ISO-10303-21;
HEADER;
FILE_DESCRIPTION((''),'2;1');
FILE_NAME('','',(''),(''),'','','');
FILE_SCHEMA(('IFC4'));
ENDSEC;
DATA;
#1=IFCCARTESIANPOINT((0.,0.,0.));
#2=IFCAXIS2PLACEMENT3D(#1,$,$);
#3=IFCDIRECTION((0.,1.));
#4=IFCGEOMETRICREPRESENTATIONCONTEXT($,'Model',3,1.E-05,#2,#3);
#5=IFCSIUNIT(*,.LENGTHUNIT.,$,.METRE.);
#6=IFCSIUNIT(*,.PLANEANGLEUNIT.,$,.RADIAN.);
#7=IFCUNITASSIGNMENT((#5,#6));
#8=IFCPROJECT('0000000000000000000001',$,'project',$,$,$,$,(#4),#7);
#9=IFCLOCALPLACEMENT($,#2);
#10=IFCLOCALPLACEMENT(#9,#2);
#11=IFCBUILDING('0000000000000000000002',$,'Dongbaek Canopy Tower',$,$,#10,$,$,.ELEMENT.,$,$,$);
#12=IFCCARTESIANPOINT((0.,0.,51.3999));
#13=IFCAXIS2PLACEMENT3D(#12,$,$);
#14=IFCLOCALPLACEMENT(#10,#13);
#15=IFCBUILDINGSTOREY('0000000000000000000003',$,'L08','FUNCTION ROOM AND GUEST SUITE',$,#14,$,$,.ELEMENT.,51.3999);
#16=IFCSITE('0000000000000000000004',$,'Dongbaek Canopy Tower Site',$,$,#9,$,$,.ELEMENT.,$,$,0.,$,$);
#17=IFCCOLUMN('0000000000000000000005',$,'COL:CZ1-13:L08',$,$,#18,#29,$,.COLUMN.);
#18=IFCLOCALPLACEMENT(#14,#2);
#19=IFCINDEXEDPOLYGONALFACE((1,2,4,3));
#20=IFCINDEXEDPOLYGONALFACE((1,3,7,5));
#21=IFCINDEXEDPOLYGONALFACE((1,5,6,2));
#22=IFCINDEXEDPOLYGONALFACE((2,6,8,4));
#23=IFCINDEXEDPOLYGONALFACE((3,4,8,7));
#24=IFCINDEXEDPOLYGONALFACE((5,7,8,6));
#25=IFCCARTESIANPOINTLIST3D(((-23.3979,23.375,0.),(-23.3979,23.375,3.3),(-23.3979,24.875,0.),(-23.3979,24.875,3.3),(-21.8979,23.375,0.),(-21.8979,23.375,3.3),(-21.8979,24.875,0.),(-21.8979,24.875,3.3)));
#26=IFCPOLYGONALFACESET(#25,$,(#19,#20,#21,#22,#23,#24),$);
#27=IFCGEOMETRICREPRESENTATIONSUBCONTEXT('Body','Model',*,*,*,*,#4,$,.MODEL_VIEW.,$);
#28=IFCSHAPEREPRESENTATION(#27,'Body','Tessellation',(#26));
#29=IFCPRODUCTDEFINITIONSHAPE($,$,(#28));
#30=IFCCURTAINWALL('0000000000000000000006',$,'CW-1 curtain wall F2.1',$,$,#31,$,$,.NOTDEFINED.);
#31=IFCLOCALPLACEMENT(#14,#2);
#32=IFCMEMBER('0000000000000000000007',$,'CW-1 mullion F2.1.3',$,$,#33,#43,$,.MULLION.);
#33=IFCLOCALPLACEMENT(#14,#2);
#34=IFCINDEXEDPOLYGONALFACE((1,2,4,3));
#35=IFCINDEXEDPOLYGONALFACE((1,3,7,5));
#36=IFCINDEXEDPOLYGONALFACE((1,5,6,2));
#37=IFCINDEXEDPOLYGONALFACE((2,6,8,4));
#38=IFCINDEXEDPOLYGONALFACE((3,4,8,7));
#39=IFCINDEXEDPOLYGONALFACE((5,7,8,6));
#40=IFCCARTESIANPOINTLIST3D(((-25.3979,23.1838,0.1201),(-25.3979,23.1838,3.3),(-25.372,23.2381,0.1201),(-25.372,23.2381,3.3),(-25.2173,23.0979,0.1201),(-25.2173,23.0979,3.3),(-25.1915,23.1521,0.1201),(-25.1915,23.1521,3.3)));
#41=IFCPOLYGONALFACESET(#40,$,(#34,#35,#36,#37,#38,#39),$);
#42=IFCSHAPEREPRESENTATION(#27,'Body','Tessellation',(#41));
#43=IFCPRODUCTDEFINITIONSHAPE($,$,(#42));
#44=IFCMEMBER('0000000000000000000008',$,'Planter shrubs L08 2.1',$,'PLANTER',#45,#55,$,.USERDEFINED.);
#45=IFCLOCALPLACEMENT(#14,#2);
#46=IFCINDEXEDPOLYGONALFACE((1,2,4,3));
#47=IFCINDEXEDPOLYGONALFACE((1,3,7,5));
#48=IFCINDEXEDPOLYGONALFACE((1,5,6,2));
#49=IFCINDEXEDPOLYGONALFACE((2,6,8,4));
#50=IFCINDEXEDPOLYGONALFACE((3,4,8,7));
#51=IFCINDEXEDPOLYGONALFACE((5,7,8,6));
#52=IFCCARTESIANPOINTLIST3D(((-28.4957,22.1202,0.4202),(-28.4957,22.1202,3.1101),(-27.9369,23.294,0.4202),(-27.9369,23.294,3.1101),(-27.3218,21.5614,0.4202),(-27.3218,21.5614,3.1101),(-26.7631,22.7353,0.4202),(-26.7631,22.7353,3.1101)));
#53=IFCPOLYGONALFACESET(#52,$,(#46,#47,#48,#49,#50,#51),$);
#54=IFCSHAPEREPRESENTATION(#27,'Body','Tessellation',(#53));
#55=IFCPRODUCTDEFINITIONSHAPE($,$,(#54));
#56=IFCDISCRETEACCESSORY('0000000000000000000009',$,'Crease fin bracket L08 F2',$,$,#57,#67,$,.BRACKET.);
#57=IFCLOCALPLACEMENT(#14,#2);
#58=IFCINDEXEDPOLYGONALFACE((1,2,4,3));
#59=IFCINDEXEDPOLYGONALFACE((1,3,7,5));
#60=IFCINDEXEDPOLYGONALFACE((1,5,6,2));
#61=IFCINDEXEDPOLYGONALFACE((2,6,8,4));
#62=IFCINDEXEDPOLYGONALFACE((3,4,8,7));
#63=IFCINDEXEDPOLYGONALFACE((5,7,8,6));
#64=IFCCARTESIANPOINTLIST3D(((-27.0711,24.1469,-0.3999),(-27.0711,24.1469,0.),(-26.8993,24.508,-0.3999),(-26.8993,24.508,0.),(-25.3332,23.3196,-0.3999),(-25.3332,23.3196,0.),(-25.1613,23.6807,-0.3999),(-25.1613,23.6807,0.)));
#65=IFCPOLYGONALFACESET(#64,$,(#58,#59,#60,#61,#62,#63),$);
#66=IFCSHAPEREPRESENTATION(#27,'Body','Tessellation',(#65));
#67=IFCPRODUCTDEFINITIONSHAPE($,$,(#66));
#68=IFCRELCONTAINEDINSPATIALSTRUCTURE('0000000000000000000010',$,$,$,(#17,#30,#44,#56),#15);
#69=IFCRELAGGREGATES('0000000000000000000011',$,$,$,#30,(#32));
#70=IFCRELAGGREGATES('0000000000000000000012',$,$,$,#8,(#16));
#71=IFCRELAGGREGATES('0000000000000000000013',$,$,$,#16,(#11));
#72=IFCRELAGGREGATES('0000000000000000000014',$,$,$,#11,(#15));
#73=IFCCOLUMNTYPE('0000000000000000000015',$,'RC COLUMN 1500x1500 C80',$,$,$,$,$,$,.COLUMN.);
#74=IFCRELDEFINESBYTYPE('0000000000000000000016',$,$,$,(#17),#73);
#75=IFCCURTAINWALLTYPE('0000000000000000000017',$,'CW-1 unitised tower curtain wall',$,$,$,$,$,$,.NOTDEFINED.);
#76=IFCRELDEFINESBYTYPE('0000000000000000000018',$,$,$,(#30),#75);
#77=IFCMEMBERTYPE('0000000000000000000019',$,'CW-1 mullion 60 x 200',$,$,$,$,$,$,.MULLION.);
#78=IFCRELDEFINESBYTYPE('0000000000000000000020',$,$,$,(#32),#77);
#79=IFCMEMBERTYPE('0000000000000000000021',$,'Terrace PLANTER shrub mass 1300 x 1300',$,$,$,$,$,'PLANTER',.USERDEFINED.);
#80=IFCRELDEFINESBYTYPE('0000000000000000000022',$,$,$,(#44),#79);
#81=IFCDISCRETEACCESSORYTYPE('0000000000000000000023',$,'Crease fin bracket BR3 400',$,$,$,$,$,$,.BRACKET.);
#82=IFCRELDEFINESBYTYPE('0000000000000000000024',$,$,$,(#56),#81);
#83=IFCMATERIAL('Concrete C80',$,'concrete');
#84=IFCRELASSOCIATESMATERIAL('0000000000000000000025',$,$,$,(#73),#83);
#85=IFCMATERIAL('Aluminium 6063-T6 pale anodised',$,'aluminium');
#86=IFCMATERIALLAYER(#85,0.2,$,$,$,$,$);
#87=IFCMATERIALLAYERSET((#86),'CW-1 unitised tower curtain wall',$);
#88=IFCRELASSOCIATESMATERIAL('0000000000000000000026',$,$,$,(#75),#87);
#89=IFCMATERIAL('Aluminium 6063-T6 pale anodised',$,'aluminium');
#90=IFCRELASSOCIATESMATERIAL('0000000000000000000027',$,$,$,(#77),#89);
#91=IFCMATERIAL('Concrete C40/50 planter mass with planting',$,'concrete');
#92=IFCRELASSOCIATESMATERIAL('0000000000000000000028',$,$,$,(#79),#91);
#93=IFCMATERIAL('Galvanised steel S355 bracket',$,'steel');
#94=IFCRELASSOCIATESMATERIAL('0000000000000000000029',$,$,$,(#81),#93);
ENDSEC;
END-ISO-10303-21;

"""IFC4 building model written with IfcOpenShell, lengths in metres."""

from ifc_helpers import new_model, si_unit, direction, frame, origin, origin_2d, place, context, subcontext, project, spatial, rectangle, extrude, material, layer, layer_set, material_profile, profile_set, type_object, element, aggregate, save


model = new_model("IFC4")

# Units and contexts
model_context = context("Model", 3, precision=1e-05, world=origin(), true_north=direction((0.0, 1.0)))
body_context = subcontext(model_context, "Body", "Model", "MODEL_VIEW")
ifc_project = project(units=[si_unit("LENGTHUNIT", "METRE"), si_unit("PLANEANGLEUNIT", "RADIAN")], contexts=[model_context])

# Site, building, storey
site_placement = place(None, origin())
site = spatial("IfcSite", under=ifc_project, at=site_placement, Name="Dongbaek Canopy Tower Site", CompositionType="ELEMENT", RefElevation=0.0)
building_placement = place(site_placement, origin())
building = spatial("IfcBuilding", under=site, at=building_placement, Name="Dongbaek Canopy Tower", CompositionType="ELEMENT")
storey_placement = place(building_placement, frame((0.0, 0.0, 51.3999)))
storey = spatial("IfcBuildingStorey", under=building, at=storey_placement, Name="L08", Description="FUNCTION ROOM AND GUEST SUITE", CompositionType="ELEMENT", Elevation=51.3999)

# Column
ifc_material_1 = material(Name="Concrete C80", Category="concrete")
ifc_material_profile_1 = material_profile(ifc_material_1, rectangle(XDim=1.5, YDim=1.5, at=origin_2d()), Name="RC COLUMN 1500x1500 C80")
ifc_profile_set_1 = profile_set([ifc_material_profile_1], Name="Concrete C80")
column_type = type_object("IfcColumnType", Name="RC COLUMN 1500x1500 C80", PredefinedType="COLUMN", material=ifc_profile_set_1)
column_placement = place(storey_placement, frame((-22.6479, 24.125, 0.0), z_axis=(0.0, 0.0, 1.0), x_axis=(1.0, 0.0, 0.0)))
element("IfcColumn", 1, at=column_placement, inside=storey, type_object=column_type, Name="COL:CZ1-13:L08", PredefinedType="COLUMN", context=body_context, shape_type="SweptSolid", body=[
    extrude(rectangle(XDim=1.5, YDim=1.5, at=origin_2d()), origin(), (0.0, 0.0, 1.0), 3.3),
])

# Curtain wall, member
ifc_material_2 = material(Name="Aluminium 6063-T6 pale anodised", Category="aluminium")
ifc_layer_1 = layer(ifc_material_2, 0.2)
ifc_layer_set_1 = layer_set([ifc_layer_1], Name="CW-1 unitised tower curtain wall")
curtain_wall_type = type_object("IfcCurtainWallType", Name="CW-1 unitised tower curtain wall", PredefinedType="NOTDEFINED", material=ifc_layer_set_1)
curtain_wall_placement = place(storey_placement, origin())
curtain_wall = element("IfcCurtainWall", 2, at=curtain_wall_placement, inside=storey, type_object=curtain_wall_type, Name="CW-1 curtain wall F2.1", PredefinedType="NOTDEFINED")
ifc_material_3 = material(Name="Aluminium 6063-T6 pale anodised", Category="aluminium")
ifc_material_profile_2 = material_profile(ifc_material_3, rectangle(XDim=0.2, YDim=0.0601, at=origin_2d()), Name="CW-1 mullion 60 x 200")
ifc_profile_set_2 = profile_set([ifc_material_profile_2], Name="Aluminium 6063-T6 pale anodised")
member_type_1 = type_object("IfcMemberType", Name="CW-1 mullion 60 x 200", PredefinedType="MULLION", material=ifc_profile_set_2)
member_1_placement = place(storey_placement, frame((-25.2947, 23.168, 0.1201), z_axis=(0.0, 0.0, 1.0), x_axis=(-0.902929, 0.42979, 0.0)))
member_1 = element("IfcMember", 3, at=member_1_placement, type_object=member_type_1, Name="CW-1 mullion F2.1.3", PredefinedType="MULLION", context=body_context, shape_type="SweptSolid", body=[
    extrude(rectangle(XDim=0.2, YDim=0.0601, at=origin_2d()), origin(), (0.0, 0.0, 1.0), 3.1799),
])
aggregate(curtain_wall, [member_1])

# Member
ifc_material_4 = material(Name="Concrete C40/50 planter mass with planting", Category="concrete")
ifc_material_profile_3 = material_profile(ifc_material_4, rectangle(XDim=1.3, YDim=1.3, at=origin_2d()), Name="Terrace PLANTER shrub mass 1300 x 1300")
ifc_profile_set_3 = profile_set([ifc_material_profile_3], Name="Concrete C40/50 planter mass with planting")
member_type_2 = type_object("IfcMemberType", Name="Terrace PLANTER shrub mass 1300 x 1300", ElementType="PLANTER", PredefinedType="USERDEFINED", material=ifc_profile_set_3)
member_2_placement = place(storey_placement, frame((-27.6294, 22.4277, 0.4202), z_axis=(0.0, 0.0, 1.0), x_axis=(-0.902929, 0.42979, 0.0)))
element("IfcMember", 4, at=member_2_placement, inside=storey, type_object=member_type_2, Name="Planter shrubs L08 2.1", ObjectType="PLANTER", PredefinedType="USERDEFINED", context=body_context, shape_type="SweptSolid", body=[
    extrude(rectangle(XDim=1.3, YDim=1.3, at=origin_2d()), origin(), (0.0, 0.0, 1.0), 2.6899),
])

# Discrete accessory
ifc_material_5 = material(Name="Galvanised steel S355 bracket", Category="steel")
discrete_accessory_type = type_object("IfcDiscreteAccessoryType", Name="Crease fin bracket BR3 400", PredefinedType="BRACKET", material=ifc_material_5)
discrete_accessory_placement = place(storey_placement, frame((-26.1162, 23.9138, -0.3999), z_axis=(0.0, 0.0, 1.0), x_axis=(-0.902929, 0.429789, 0.0)))
element("IfcDiscreteAccessory", 5, at=discrete_accessory_placement, inside=storey, type_object=discrete_accessory_type, Name="Crease fin bracket L08 F2", PredefinedType="BRACKET", context=body_context, shape_type="SweptSolid", body=[
    extrude(rectangle(XDim=1.9248, YDim=0.3999, at=origin_2d()), origin(), (0.0, 0.0, 1.0), 0.3999),
])

save(model, "model.ifc")
